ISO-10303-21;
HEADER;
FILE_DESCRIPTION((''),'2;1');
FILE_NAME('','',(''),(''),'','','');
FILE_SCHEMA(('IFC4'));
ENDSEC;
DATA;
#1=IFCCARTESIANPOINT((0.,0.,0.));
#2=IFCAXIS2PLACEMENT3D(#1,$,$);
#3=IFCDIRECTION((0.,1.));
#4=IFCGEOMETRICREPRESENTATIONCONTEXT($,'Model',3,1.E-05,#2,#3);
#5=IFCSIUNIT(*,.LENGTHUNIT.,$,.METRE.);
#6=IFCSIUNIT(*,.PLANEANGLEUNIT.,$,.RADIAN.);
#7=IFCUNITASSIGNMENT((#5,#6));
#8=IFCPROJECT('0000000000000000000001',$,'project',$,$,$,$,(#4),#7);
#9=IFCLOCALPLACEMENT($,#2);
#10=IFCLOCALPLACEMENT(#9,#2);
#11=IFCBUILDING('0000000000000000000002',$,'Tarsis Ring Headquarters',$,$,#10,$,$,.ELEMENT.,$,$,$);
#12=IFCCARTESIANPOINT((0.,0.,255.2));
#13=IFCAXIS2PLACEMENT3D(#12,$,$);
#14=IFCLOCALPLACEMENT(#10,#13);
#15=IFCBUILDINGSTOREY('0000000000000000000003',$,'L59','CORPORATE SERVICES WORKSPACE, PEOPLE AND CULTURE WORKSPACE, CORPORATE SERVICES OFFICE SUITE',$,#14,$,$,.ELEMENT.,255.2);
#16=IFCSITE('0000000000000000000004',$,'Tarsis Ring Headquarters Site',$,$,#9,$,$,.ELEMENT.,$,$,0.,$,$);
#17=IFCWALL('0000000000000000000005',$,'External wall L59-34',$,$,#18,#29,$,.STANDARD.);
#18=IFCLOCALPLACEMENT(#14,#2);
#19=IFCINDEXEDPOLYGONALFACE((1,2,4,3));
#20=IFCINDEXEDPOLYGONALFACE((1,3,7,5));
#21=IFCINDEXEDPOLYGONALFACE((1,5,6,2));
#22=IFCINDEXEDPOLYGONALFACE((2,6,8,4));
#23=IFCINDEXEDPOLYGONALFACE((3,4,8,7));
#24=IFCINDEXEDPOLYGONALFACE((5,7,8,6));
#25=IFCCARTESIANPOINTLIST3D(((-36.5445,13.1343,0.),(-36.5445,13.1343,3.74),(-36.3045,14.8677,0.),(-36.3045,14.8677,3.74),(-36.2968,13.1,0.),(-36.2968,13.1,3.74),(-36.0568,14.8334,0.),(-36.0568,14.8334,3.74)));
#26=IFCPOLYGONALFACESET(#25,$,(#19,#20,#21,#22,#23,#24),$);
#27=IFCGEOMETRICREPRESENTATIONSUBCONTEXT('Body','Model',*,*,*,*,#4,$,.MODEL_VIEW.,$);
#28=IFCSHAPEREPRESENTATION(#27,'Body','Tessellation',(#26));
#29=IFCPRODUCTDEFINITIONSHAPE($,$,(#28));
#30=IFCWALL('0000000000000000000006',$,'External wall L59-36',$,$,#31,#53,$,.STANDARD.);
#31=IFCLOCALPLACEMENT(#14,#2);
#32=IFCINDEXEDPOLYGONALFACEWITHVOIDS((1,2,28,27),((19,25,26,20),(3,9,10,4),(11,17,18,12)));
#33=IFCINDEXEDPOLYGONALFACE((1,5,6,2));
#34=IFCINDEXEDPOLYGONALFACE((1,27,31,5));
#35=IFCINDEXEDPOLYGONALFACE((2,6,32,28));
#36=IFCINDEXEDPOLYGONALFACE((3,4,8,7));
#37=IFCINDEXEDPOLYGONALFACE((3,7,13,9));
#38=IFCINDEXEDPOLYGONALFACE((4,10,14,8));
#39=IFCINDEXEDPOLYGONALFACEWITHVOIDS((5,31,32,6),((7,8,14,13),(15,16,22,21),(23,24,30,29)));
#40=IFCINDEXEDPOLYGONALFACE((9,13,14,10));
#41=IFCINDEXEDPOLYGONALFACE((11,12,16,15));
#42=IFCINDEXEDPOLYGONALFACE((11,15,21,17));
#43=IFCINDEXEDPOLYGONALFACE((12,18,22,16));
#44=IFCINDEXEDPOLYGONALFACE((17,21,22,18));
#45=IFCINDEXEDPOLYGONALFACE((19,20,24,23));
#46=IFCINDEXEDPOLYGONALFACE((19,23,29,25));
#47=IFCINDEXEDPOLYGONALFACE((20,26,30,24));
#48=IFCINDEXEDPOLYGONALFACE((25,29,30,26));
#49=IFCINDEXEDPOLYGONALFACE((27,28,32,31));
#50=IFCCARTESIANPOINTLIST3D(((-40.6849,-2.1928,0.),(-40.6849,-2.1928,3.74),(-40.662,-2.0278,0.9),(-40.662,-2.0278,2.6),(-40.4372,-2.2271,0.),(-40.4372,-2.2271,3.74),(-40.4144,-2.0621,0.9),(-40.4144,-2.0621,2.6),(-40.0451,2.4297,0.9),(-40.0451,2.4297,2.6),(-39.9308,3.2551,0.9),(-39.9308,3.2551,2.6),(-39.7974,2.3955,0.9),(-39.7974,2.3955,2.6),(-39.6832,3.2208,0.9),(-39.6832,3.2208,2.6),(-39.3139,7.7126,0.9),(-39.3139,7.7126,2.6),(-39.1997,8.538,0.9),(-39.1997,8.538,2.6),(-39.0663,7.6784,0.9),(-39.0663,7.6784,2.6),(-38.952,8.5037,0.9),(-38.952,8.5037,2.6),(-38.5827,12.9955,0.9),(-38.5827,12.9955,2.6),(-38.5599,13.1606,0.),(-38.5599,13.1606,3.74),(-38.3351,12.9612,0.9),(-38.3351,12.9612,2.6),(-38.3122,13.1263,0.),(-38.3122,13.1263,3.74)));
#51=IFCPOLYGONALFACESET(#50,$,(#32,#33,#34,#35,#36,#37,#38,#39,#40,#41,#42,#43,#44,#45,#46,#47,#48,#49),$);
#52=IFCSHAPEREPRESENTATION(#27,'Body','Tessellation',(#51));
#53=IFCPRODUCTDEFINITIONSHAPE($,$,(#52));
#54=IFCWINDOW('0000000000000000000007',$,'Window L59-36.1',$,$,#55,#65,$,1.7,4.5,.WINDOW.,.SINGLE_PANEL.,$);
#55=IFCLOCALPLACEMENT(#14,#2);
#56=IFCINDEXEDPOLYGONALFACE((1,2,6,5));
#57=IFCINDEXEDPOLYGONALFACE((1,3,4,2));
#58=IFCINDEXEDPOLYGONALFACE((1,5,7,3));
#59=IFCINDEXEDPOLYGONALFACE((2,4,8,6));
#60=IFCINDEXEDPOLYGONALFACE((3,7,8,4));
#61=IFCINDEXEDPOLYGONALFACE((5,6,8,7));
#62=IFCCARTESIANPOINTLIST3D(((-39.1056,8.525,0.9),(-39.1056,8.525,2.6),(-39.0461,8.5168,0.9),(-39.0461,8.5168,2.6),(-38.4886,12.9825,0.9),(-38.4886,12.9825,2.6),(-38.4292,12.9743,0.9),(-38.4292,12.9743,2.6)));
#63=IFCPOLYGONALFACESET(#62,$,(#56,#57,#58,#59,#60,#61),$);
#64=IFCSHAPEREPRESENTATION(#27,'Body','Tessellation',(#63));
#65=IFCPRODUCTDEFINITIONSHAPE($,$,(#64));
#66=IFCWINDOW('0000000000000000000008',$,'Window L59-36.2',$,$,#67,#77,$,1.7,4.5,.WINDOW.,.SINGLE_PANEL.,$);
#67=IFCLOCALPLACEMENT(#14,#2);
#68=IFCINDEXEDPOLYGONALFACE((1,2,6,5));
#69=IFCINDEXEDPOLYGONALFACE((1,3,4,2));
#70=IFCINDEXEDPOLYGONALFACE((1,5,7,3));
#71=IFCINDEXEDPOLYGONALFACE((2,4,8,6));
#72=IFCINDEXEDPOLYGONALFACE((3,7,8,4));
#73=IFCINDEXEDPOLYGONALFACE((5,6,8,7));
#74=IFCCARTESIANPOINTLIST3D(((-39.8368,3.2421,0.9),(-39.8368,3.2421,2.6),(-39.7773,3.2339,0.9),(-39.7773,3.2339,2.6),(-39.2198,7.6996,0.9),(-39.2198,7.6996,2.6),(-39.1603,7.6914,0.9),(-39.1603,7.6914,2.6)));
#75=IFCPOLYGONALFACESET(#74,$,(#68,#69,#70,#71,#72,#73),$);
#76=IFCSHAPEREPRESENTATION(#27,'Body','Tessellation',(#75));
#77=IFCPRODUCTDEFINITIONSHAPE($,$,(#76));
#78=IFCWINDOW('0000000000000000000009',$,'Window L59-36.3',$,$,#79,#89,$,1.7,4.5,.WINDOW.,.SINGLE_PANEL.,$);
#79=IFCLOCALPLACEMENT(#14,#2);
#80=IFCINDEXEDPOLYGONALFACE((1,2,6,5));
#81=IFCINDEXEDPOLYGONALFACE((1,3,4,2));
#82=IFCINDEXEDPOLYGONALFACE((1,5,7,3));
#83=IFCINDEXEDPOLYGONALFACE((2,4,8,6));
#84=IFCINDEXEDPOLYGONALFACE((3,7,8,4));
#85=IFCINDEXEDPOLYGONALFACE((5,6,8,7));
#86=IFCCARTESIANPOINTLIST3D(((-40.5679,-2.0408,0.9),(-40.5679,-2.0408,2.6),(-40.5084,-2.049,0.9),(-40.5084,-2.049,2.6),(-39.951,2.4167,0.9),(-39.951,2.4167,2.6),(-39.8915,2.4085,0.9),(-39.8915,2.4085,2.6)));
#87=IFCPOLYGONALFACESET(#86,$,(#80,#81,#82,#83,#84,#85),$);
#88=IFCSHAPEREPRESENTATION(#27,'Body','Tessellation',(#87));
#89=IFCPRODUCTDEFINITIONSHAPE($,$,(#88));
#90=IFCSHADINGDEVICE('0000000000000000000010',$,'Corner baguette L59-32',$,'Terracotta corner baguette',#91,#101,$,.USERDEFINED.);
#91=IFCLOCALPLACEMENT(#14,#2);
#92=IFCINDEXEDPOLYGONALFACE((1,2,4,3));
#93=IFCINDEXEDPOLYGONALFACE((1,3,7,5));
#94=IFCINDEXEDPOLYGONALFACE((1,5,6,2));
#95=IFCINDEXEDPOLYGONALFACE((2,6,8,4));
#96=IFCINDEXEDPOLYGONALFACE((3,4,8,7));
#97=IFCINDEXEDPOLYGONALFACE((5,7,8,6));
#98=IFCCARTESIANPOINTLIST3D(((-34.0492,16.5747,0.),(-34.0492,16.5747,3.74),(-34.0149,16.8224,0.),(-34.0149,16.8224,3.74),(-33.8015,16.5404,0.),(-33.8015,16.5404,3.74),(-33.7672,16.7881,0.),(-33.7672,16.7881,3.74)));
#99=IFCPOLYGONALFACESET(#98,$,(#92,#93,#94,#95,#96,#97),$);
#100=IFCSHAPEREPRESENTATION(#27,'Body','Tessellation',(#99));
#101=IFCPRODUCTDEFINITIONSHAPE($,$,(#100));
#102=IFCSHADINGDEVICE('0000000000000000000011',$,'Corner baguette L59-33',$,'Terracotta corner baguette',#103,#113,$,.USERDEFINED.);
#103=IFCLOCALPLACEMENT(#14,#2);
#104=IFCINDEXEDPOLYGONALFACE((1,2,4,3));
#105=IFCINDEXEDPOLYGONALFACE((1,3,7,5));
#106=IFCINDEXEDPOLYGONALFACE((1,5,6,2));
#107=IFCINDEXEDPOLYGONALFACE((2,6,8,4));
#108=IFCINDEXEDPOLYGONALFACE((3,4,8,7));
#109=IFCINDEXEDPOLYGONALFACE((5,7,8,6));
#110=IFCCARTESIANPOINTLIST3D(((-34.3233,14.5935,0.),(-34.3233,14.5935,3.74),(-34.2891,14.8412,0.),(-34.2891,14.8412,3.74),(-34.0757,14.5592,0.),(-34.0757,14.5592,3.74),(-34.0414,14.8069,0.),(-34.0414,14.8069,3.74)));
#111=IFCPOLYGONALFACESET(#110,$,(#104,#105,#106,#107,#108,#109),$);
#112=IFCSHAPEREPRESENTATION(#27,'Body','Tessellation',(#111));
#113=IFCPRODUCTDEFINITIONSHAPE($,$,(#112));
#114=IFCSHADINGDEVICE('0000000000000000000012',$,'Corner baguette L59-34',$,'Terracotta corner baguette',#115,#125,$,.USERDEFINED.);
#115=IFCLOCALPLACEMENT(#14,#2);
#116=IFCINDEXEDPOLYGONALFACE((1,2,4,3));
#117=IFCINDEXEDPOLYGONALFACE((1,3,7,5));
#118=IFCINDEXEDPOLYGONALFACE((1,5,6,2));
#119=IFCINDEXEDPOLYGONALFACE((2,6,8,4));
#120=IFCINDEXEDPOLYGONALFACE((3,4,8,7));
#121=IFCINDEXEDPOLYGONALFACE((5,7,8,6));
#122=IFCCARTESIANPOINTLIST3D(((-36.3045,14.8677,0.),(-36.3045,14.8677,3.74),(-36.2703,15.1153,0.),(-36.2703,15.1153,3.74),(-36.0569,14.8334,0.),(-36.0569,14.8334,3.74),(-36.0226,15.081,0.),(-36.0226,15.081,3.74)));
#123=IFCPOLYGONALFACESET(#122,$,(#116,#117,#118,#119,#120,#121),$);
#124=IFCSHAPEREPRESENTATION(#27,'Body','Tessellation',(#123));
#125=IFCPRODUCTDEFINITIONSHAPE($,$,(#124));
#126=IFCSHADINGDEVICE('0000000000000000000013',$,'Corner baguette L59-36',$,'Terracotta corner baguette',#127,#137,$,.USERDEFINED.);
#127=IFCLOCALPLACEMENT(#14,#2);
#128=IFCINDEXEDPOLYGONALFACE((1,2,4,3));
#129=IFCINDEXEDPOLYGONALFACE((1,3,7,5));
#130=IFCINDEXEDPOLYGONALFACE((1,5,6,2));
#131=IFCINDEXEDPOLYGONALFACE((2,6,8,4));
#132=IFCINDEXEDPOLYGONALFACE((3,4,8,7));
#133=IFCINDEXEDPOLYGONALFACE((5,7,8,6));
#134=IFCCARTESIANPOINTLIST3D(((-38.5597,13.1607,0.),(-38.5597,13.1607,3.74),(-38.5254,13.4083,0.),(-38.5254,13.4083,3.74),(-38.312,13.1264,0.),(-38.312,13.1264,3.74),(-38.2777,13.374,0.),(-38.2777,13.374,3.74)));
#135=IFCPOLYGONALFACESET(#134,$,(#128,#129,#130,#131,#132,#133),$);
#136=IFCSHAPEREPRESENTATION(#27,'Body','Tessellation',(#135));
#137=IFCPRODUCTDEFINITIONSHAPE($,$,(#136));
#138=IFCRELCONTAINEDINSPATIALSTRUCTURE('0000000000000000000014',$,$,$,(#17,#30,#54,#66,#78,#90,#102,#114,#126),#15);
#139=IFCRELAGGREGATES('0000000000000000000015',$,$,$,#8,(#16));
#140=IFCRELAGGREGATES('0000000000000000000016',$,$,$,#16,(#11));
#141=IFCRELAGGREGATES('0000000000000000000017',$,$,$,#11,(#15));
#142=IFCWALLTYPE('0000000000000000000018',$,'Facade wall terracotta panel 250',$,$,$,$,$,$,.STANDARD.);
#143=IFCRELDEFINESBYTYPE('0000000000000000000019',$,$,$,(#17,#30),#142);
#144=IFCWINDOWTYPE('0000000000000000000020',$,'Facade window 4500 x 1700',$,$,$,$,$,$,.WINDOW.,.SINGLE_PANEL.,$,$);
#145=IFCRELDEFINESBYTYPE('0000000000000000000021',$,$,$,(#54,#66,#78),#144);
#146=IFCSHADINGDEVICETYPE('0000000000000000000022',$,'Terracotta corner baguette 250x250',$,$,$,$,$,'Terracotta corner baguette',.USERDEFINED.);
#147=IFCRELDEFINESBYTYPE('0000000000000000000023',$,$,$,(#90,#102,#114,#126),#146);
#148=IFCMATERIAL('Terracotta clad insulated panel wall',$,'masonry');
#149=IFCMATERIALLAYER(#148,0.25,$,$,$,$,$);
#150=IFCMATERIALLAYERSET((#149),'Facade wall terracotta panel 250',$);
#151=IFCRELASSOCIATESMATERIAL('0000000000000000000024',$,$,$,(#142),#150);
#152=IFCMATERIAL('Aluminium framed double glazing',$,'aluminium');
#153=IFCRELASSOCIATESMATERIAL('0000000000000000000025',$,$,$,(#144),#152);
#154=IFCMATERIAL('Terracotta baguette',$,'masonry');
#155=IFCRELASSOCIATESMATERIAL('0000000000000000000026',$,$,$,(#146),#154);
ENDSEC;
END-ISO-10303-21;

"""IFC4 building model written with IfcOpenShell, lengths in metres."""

from ifc_helpers import new_model, si_unit, direction, frame, frame_2d, origin, origin_2d, place, context, subcontext, project, spatial, rectangle, extrude, material, layer, layer_set, type_object, element, fill, save


model = new_model("IFC4")

# Units and contexts
model_context = context("Model", 3, precision=1e-05, world=origin(), true_north=direction((0.0, 1.0)))
body_context = subcontext(model_context, "Body", "Model", "MODEL_VIEW")
ifc_project = project(units=[si_unit("LENGTHUNIT", "METRE"), si_unit("PLANEANGLEUNIT", "RADIAN")], contexts=[model_context])

# Site, building, storey
site_placement = place(None, origin())
site = spatial("IfcSite", under=ifc_project, at=site_placement, Name="Tarsis Ring Headquarters Site", CompositionType="ELEMENT", RefElevation=0.0)
building_placement = place(site_placement, origin())
building = spatial("IfcBuilding", under=site, at=building_placement, Name="Tarsis Ring Headquarters", CompositionType="ELEMENT")
storey_placement = place(building_placement, frame((0.0, 0.0, 255.2)))
storey = spatial("IfcBuildingStorey", under=building, at=storey_placement, Name="L59", Description="CORPORATE SERVICES WORKSPACE, PEOPLE AND CULTURE WORKSPACE, CORPORATE SERVICES OFFICE SUITE", CompositionType="ELEMENT", Elevation=255.2)

# Wall
ifc_material_1 = material(Name="Terracotta clad insulated panel wall", Category="masonry")
ifc_layer = layer(ifc_material_1, 0.25)
ifc_layer_set = layer_set([ifc_layer], Name="Facade wall terracotta panel 250")
wall_type = type_object("IfcWallType", Name="Facade wall terracotta panel 250", PredefinedType="STANDARD", material=ifc_layer_set)
wall_1_placement = place(storey_placement, frame((-36.1807, 14.8506, 0.0), z_axis=(0.0, 0.0, 1.0), x_axis=(-0.137143, -0.990551, 0.0)))
element("IfcWall", 1, at=wall_1_placement, inside=storey, type_object=wall_type, Name="External wall L59-34", PredefinedType="STANDARD", context=body_context, shape_type="SweptSolid", body=[
    extrude(rectangle(XDim=1.75, YDim=0.25, at=frame_2d((0.875, 0.0))), origin(), (0.0, 0.0, 1.0), 3.74),
])

# Wall, openings, windows
wall_2_placement = place(storey_placement, frame((-38.436, 13.1436, 0.0), z_axis=(0.0, 0.0, 1.0), x_axis=(-0.137098, -0.990558, 0.0)))
wall_2 = element("IfcWall", 2, at=wall_2_placement, inside=storey, type_object=wall_type, Name="External wall L59-36", PredefinedType="STANDARD", context=body_context, shape_type="SweptSolid", body=[
    extrude(rectangle(XDim=15.4998, YDim=0.25, at=frame_2d((7.75, 0.0))), origin(), (0.0, 0.0, 1.0), 3.74),
])
opening_1_placement = place(wall_2_placement, frame((0.1667, 0.0, 0.8999)))
opening_1 = element("IfcOpeningElement", 3, at=opening_1_placement, cuts=wall_2, PredefinedType="OPENING", context=body_context, shape_type="SweptSolid", body=[
    extrude(rectangle(XDim=4.5, YDim=1.7, at=frame_2d((2.25, 0.8501))), frame((0.0, 0.135, 0.0), z_axis=(0.0, -1.0, 0.0), x_axis=(1.0, 0.0, 0.0)), (0.0, 0.0, 1.0), 0.27),
])
opening_2_placement = place(wall_2_placement, frame((5.5, 0.0, 0.8999)))
opening_2 = element("IfcOpeningElement", 4, at=opening_2_placement, cuts=wall_2, PredefinedType="OPENING", context=body_context, shape_type="SweptSolid", body=[
    extrude(rectangle(XDim=4.5, YDim=1.7, at=frame_2d((2.25, 0.8501))), frame((0.0, 0.135, 0.0), z_axis=(0.0, -1.0, 0.0), x_axis=(1.0, 0.0, 0.0)), (0.0, 0.0, 1.0), 0.27),
])
opening_3_placement = place(wall_2_placement, frame((10.8333, 0.0, 0.8999)))
opening_3 = element("IfcOpeningElement", 5, at=opening_3_placement, cuts=wall_2, PredefinedType="OPENING", context=body_context, shape_type="SweptSolid", body=[
    extrude(rectangle(XDim=4.5, YDim=1.7, at=frame_2d((2.25, 0.8501))), frame((0.0, 0.135, 0.0), z_axis=(0.0, -1.0, 0.0), x_axis=(1.0, 0.0, 0.0)), (0.0, 0.0, 1.0), 0.27),
])
ifc_material_2 = material(Name="Aluminium framed double glazing", Category="aluminium")
window_type = type_object("IfcWindowType", Name="Facade window 4500 x 1700", PartitioningType="SINGLE_PANEL", PredefinedType="WINDOW", material=ifc_material_2)
window_1_placement = place(opening_1_placement, origin())
window_1 = element("IfcWindow", 6, at=window_1_placement, inside=storey, type_object=window_type, Name="Window L59-36.1", OverallHeight=1.7, OverallWidth=4.5, PartitioningType="SINGLE_PANEL", PredefinedType="WINDOW", context=body_context, shape_type="SweptSolid", body=[
    extrude(rectangle(XDim=4.5, YDim=1.7, at=frame_2d((2.25, 0.8501))), frame((0.0, 0.03, 0.0), z_axis=(0.0, -1.0, 0.0), x_axis=(1.0, 0.0, 0.0)), (0.0, 0.0, 1.0), 0.0601),
])
fill(opening_1, window_1)
window_2_placement = place(opening_2_placement, origin())
window_2 = element("IfcWindow", 7, at=window_2_placement, inside=storey, type_object=window_type, Name="Window L59-36.2", OverallHeight=1.7, OverallWidth=4.5, PartitioningType="SINGLE_PANEL", PredefinedType="WINDOW", context=body_context, shape_type="SweptSolid", body=[
    extrude(rectangle(XDim=4.5, YDim=1.7, at=frame_2d((2.25, 0.8501))), frame((0.0, 0.03, 0.0), z_axis=(0.0, -1.0, 0.0), x_axis=(1.0, 0.0, 0.0)), (0.0, 0.0, 1.0), 0.0601),
])
fill(opening_2, window_2)
window_3_placement = place(opening_3_placement, origin())
window_3 = element("IfcWindow", 8, at=window_3_placement, inside=storey, type_object=window_type, Name="Window L59-36.3", OverallHeight=1.7, OverallWidth=4.5, PartitioningType="SINGLE_PANEL", PredefinedType="WINDOW", context=body_context, shape_type="SweptSolid", body=[
    extrude(rectangle(XDim=4.5, YDim=1.7, at=frame_2d((2.25, 0.8501))), frame((0.0, 0.03, 0.0), z_axis=(0.0, -1.0, 0.0), x_axis=(1.0, 0.0, 0.0)), (0.0, 0.0, 1.0), 0.0601),
])
fill(opening_3, window_3)

# Shading devices
ifc_material_3 = material(Name="Terracotta baguette", Category="masonry")
shading_device_type_1 = type_object("IfcShadingDeviceType", Name="Terracotta corner baguette 250x250", ElementType="Terracotta corner baguette", PredefinedType="USERDEFINED", material=ifc_material_3)
for number, where, z_axis, x_axis, name in (
    (9, (-33.9082, 16.6814, 0.0), (0.0, 0.0, 1.0), (-0.990557, 0.137099, 0.0), "Corner baguette L59-32"),
    (10, (-34.1824, 14.7002, 0.0), (0.0, 0.0, 1.0), (-0.137099, -0.990557, 0.0), "Corner baguette L59-33"),
    (11, (-36.1636, 14.9744, 0.0), (0.0, 0.0, 1.0), (-0.990557, 0.137098, 0.0), "Corner baguette L59-34"),
    (12, (-38.4187, 13.2673, 0.0), (0.0, 0.0, 1.0), (-0.990557, 0.137098, 0.0), "Corner baguette L59-36"),
):
    element("IfcShadingDevice", number, at=place(storey_placement, frame(where, z_axis=z_axis, x_axis=x_axis)), inside=storey, type_object=shading_device_type_1, Name=name, ObjectType="Terracotta corner baguette", PredefinedType="USERDEFINED", context=body_context, shape_type="SweptSolid", body=[
        extrude(rectangle(XDim=0.25, YDim=0.25, at=origin_2d()), origin(), (0.0, 0.0, 1.0), 3.74),
    ])

save(model, "model.ifc")
